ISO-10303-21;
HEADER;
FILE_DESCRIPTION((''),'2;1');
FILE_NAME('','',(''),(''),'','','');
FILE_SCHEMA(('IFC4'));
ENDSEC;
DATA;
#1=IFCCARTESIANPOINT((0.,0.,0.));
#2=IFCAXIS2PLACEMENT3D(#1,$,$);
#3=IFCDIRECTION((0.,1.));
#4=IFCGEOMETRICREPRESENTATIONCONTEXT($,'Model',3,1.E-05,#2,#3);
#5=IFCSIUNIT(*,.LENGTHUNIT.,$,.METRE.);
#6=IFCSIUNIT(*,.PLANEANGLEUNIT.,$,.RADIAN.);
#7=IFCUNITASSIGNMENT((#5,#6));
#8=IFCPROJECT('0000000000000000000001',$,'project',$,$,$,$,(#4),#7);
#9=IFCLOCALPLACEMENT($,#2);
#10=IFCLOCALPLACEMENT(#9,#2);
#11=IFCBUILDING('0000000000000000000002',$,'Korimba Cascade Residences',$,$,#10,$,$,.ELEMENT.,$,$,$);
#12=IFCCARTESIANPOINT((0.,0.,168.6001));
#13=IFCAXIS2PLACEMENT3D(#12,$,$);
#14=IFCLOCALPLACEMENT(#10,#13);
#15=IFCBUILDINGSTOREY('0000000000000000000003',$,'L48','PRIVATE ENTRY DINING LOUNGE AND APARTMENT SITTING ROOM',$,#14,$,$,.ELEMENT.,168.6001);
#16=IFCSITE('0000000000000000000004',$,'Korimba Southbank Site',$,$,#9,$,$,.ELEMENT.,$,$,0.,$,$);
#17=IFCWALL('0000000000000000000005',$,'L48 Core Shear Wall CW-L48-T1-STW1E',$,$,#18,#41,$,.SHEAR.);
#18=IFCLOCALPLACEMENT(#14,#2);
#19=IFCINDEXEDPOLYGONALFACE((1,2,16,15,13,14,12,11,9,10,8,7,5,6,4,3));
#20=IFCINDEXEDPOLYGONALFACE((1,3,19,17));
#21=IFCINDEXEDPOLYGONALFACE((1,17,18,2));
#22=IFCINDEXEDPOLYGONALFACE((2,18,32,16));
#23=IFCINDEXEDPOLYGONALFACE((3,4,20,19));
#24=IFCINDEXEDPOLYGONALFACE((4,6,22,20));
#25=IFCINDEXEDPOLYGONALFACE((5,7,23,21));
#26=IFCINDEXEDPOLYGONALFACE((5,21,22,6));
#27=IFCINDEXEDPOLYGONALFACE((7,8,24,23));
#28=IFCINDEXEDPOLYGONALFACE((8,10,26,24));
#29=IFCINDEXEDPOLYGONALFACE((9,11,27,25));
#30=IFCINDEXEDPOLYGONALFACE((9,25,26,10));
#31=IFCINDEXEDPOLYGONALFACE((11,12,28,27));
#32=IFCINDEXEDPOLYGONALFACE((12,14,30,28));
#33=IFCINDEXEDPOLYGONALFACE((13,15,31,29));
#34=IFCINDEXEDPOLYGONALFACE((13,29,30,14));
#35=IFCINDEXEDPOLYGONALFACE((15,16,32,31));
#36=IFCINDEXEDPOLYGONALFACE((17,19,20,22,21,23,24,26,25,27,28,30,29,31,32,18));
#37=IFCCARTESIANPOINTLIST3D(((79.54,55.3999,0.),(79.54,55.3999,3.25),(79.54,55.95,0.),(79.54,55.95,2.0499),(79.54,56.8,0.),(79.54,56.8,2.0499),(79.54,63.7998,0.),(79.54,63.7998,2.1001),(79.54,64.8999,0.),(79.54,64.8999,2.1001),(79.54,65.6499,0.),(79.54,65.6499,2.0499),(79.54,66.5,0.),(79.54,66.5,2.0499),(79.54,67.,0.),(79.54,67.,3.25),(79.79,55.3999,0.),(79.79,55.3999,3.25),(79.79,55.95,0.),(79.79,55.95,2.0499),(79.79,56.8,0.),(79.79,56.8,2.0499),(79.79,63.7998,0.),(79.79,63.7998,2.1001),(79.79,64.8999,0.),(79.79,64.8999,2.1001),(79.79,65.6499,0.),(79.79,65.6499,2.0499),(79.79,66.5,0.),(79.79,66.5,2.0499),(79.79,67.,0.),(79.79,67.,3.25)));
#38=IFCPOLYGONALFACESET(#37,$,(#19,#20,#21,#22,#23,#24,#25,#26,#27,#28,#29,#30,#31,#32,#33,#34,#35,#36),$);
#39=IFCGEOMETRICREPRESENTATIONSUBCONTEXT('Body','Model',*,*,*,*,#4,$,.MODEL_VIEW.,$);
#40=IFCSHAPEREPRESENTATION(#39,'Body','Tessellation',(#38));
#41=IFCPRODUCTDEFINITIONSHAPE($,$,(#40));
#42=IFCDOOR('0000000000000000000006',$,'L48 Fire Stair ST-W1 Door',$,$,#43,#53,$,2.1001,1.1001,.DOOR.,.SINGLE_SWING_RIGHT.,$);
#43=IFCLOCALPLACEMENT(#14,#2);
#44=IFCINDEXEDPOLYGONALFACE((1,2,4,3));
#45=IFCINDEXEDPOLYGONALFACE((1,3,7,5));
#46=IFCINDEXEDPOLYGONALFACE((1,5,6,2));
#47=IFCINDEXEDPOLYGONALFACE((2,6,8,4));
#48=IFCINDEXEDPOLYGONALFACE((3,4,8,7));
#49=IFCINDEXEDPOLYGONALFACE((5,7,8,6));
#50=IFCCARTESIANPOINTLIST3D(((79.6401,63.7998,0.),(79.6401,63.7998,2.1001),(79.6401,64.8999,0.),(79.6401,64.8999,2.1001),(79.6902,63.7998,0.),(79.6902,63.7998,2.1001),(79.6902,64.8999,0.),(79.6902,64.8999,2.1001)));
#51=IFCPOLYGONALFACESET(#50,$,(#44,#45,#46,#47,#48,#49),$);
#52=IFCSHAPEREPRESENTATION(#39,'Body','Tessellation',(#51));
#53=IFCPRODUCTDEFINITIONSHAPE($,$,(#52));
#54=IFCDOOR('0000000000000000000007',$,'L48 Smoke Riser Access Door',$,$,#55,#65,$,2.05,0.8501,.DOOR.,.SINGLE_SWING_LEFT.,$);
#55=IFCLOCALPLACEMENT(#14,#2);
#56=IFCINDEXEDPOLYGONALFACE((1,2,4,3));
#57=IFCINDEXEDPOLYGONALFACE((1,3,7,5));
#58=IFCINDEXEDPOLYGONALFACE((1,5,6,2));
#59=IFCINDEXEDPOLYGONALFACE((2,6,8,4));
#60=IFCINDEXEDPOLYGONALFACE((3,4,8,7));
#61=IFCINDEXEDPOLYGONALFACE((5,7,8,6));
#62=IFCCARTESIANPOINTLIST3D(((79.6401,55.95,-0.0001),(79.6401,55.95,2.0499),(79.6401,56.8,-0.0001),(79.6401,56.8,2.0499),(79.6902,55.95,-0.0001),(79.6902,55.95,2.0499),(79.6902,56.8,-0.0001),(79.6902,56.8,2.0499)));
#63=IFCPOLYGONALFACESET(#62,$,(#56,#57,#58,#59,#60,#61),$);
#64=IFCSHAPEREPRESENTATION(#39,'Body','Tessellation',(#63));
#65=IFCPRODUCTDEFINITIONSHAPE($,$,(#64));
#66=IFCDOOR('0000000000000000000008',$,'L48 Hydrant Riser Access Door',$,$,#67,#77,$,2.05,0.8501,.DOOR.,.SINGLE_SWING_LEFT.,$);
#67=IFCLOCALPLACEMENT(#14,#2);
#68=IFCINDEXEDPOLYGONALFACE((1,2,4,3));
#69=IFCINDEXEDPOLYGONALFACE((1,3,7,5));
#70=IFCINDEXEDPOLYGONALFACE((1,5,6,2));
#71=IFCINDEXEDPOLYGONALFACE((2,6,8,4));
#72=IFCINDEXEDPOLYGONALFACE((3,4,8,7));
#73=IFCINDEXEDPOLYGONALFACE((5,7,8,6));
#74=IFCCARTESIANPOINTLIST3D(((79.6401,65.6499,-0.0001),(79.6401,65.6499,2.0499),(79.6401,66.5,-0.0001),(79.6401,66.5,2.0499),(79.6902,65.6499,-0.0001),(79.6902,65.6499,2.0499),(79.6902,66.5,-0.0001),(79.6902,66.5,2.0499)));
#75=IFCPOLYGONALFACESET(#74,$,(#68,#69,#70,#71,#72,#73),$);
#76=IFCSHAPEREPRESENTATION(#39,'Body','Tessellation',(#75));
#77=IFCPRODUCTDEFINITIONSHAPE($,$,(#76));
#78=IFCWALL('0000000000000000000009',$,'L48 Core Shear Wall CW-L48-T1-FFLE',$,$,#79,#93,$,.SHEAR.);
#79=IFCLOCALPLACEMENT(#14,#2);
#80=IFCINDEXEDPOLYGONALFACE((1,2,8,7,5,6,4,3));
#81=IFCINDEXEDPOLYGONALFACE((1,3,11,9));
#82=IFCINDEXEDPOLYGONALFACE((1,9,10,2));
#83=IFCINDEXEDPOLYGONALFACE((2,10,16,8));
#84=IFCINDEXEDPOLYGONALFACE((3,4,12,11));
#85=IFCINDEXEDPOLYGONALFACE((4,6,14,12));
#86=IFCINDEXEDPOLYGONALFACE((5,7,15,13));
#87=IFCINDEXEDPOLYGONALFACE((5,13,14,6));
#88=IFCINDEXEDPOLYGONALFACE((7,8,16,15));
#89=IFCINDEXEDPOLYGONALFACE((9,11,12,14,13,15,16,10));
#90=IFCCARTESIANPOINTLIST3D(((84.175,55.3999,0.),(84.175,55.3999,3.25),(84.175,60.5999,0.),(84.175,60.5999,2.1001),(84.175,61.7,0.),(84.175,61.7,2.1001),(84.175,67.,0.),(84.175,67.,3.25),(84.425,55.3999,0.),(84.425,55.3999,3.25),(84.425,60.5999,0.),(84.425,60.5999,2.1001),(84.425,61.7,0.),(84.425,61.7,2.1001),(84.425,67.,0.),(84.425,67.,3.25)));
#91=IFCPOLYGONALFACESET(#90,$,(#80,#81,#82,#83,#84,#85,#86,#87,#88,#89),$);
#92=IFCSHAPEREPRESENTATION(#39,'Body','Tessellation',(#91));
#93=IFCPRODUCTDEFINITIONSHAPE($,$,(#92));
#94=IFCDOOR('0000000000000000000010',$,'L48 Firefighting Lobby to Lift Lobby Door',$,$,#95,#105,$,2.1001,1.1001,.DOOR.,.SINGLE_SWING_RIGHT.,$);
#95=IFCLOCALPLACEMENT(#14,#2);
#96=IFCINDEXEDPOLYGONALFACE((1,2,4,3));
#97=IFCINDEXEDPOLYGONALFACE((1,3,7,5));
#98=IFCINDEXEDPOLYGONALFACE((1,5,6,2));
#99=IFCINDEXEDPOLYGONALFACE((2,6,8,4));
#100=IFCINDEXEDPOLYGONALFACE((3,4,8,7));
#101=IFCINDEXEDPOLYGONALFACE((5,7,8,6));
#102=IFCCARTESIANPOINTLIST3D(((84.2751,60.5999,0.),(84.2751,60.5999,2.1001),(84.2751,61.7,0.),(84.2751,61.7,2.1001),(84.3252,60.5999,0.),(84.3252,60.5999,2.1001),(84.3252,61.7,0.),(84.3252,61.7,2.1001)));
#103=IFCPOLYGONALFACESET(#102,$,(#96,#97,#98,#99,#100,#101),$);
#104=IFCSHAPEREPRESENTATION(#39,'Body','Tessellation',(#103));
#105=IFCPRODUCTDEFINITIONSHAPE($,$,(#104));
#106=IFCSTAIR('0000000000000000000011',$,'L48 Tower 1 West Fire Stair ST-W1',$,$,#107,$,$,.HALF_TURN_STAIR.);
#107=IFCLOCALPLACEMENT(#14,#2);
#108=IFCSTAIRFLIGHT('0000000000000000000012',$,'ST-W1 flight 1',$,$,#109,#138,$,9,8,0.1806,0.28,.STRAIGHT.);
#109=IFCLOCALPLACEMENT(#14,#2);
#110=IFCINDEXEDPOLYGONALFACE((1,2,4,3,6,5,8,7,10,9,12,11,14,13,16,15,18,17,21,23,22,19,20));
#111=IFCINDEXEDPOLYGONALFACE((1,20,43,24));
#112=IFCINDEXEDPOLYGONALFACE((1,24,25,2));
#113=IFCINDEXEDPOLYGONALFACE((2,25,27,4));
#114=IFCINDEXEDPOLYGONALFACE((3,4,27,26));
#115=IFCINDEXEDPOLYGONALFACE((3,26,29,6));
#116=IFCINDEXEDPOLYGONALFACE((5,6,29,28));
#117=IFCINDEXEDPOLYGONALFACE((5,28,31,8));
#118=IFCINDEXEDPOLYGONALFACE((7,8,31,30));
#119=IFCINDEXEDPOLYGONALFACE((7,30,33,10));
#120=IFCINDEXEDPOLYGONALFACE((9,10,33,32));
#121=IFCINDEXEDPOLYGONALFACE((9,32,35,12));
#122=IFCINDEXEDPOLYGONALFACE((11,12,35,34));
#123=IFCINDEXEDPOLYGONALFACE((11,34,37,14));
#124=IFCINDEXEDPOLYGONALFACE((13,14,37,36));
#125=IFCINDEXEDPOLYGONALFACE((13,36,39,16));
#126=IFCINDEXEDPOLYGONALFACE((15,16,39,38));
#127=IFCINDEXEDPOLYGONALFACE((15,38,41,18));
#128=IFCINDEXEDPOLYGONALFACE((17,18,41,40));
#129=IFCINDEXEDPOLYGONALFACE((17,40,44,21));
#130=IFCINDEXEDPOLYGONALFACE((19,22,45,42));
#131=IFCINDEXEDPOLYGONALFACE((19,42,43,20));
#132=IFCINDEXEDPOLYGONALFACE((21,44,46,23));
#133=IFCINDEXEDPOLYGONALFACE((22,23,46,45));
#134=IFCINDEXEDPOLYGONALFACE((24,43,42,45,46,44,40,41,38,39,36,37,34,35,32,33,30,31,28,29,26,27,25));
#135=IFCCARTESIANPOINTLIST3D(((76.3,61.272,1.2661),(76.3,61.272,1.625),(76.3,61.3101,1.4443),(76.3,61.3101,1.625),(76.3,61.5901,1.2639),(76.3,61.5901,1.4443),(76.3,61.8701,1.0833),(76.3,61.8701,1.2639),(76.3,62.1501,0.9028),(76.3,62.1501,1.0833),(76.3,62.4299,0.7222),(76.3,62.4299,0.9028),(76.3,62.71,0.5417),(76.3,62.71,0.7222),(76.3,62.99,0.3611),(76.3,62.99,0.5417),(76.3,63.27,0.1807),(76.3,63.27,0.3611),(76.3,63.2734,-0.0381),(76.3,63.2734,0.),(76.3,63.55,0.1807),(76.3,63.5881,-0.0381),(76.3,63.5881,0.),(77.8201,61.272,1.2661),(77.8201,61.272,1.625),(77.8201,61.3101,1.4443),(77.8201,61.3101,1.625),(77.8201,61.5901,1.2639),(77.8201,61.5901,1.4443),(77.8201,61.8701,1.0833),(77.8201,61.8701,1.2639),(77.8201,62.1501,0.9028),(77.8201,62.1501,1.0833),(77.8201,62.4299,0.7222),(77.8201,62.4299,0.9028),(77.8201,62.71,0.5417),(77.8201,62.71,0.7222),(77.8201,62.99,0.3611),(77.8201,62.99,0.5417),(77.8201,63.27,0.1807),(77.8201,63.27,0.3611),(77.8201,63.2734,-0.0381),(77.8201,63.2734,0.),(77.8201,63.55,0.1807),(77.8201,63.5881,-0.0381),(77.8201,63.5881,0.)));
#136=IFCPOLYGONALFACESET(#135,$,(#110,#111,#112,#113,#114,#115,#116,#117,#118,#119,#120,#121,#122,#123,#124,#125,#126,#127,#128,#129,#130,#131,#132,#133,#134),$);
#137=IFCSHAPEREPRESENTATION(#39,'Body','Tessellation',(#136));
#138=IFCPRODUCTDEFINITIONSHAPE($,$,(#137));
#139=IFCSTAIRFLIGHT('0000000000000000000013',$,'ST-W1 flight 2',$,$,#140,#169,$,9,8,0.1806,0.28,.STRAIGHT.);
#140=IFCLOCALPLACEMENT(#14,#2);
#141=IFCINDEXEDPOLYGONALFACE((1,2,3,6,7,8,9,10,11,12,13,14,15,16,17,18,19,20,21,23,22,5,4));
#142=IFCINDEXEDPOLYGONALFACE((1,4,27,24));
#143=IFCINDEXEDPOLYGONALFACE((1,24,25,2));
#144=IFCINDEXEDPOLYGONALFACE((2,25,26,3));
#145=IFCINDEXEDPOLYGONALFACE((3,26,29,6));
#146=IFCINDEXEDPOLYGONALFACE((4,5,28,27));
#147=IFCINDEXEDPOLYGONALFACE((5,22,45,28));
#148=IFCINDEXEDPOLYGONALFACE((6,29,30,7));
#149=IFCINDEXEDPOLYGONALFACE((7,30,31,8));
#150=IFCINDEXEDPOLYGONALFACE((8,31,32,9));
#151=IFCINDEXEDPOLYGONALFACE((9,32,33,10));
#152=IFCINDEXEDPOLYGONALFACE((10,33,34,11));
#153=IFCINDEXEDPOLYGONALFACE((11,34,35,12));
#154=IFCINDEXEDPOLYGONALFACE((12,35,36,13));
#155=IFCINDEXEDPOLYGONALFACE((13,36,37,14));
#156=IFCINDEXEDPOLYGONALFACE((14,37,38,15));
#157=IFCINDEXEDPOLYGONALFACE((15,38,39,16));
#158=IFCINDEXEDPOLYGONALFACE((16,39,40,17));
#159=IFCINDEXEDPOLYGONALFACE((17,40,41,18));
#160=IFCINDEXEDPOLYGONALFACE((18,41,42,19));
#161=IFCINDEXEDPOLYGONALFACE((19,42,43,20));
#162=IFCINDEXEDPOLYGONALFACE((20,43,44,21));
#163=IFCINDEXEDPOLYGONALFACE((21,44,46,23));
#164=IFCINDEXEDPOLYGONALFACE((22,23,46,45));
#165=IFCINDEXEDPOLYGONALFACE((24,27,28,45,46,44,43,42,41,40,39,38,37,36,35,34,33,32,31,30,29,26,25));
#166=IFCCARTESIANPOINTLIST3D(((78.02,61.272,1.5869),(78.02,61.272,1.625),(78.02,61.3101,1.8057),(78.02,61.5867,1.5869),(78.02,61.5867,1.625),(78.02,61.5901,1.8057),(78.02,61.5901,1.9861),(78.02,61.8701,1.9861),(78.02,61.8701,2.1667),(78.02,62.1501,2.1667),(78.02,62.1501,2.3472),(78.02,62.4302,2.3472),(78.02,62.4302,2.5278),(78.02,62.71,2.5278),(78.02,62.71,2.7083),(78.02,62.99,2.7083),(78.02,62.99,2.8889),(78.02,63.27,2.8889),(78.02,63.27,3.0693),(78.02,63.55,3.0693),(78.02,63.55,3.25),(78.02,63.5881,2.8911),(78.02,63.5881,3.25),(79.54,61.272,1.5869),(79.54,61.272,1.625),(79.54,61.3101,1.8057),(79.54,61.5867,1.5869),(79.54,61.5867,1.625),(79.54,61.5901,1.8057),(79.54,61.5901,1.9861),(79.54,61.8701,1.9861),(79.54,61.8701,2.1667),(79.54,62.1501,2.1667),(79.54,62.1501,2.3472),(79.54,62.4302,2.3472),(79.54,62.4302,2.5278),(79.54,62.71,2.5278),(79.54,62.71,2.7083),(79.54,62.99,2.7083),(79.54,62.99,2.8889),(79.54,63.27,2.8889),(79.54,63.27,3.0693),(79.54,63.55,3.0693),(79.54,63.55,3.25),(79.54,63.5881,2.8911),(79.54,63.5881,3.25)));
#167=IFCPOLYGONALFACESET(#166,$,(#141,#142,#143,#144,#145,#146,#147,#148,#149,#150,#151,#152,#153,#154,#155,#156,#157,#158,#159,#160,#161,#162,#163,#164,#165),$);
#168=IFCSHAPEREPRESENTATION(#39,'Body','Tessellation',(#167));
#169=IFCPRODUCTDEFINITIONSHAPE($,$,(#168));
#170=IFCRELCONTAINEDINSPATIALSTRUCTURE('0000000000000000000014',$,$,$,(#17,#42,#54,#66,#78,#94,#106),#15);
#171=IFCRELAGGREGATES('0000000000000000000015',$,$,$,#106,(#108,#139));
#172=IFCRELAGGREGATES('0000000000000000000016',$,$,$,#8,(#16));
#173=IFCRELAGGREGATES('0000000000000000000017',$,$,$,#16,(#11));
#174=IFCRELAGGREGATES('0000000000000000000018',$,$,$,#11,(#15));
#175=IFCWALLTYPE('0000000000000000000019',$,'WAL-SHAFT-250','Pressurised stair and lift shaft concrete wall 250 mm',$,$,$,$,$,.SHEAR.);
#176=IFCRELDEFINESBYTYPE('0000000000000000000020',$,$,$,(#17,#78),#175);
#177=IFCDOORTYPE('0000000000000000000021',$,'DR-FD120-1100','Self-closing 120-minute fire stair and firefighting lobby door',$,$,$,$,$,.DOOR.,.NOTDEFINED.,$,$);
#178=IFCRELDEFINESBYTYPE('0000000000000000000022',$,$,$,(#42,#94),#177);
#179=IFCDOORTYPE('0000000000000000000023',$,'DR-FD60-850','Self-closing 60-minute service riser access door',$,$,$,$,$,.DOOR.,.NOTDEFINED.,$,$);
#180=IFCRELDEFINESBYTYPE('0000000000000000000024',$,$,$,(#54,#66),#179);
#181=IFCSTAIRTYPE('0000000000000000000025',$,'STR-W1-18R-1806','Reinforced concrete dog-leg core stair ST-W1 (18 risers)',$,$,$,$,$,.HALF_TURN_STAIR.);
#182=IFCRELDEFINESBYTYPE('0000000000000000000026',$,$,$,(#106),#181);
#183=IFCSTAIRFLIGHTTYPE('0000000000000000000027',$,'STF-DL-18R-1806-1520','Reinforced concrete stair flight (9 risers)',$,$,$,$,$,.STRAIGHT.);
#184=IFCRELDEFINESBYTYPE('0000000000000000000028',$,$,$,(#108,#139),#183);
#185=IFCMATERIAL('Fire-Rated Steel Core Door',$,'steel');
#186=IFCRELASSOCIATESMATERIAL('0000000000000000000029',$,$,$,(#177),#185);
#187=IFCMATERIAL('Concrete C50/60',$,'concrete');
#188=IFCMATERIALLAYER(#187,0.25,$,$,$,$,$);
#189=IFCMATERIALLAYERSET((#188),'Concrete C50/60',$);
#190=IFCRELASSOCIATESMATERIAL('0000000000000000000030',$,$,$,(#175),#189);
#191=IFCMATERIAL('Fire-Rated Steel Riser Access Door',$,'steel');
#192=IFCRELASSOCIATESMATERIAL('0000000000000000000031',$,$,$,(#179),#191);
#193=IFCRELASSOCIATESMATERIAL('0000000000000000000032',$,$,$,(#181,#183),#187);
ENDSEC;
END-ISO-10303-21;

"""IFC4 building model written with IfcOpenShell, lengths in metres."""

from ifc_helpers import new_model, si_unit, direction, frame, frame_2d, origin, place, context, subcontext, project, spatial, polyline, rectangle, outline, extrude, material, layer, layer_set, type_object, element, fill, aggregate, save


model = new_model("IFC4")

# Units and contexts
model_context = context("Model", 3, precision=1e-05, world=origin(), true_north=direction((0.0, 1.0)))
body_context = subcontext(model_context, "Body", "Model", "MODEL_VIEW")
ifc_project = project(units=[si_unit("LENGTHUNIT", "METRE"), si_unit("PLANEANGLEUNIT", "RADIAN")], contexts=[model_context])

# Site, building, storey
site_placement = place(None, origin())
site = spatial("IfcSite", under=ifc_project, at=site_placement, Name="Korimba Southbank Site", CompositionType="ELEMENT", RefElevation=0.0)
building_placement = place(site_placement, origin())
building = spatial("IfcBuilding", under=site, at=building_placement, Name="Korimba Cascade Residences", CompositionType="ELEMENT")
storey_placement = place(building_placement, frame((0.0, 0.0, 168.6001)))
storey = spatial("IfcBuildingStorey", under=building, at=storey_placement, Name="L48", Description="PRIVATE ENTRY DINING LOUNGE AND APARTMENT SITTING ROOM", CompositionType="ELEMENT", Elevation=168.6001)

# Shared definitions
ifc_material_1 = material(Name="Fire-Rated Steel Core Door", Category="steel")
door_type_1 = type_object("IfcDoorType", Name="DR-FD120-1100", Description="Self-closing 120-minute fire stair and firefighting lobby door", OperationType="NOTDEFINED", PredefinedType="DOOR", material=ifc_material_1)

# Wall, openings, doors
ifc_material_2 = material(Name="Concrete C50/60", Category="concrete")
ifc_layer_1 = layer(ifc_material_2, 0.25)
ifc_layer_set_1 = layer_set([ifc_layer_1], Name="Concrete C50/60")
wall_type_1 = type_object("IfcWallType", Name="WAL-SHAFT-250", Description="Pressurised stair and lift shaft concrete wall 250 mm", PredefinedType="SHEAR", material=ifc_layer_set_1)
wall_1_placement = place(storey_placement, frame((79.665, 55.3999, 0.0), z_axis=(0.0, 0.0, 1.0), x_axis=(0.0, 1.0, 0.0)))
wall_1 = element("IfcWall", 1, at=wall_1_placement, inside=storey, type_object=wall_type_1, Name="L48 Core Shear Wall CW-L48-T1-STW1E", PredefinedType="SHEAR", context=body_context, shape_type="SweptSolid", body=[
    extrude(rectangle(XDim=11.6001, YDim=0.25, at=frame_2d((5.8, 0.0))), origin(), (0.0, 0.0, 1.0), 3.25),
])
opening_1_placement = place(wall_1_placement, frame((0.55, 0.0, 0.0)))
opening_1 = element("IfcOpeningElement", 2, at=opening_1_placement, cuts=wall_1, PredefinedType="OPENING", context=body_context, shape_type="SweptSolid", body=[
    extrude(rectangle(XDim=0.8501, YDim=2.05, at=frame_2d((0.425, 1.0249))), frame((0.0, 0.135, 0.0), z_axis=(0.0, -1.0, 0.0), x_axis=(1.0, 0.0, 0.0)), (0.0, 0.0, 1.0), 0.27),
])
opening_2_placement = place(wall_1_placement, frame((8.3999, 0.0, 0.0)))
opening_2 = element("IfcOpeningElement", 3, at=opening_2_placement, cuts=wall_1, PredefinedType="OPENING", context=body_context, shape_type="SweptSolid", body=[
    extrude(rectangle(XDim=1.1001, YDim=2.1001, at=frame_2d((0.55, 1.05))), frame((0.0, 0.135, 0.0), z_axis=(0.0, -1.0, 0.0), x_axis=(1.0, 0.0, 0.0)), (0.0, 0.0, 1.0), 0.27),
])
opening_3_placement = place(wall_1_placement, frame((10.25, 0.0, 0.0)))
opening_3 = element("IfcOpeningElement", 4, at=opening_3_placement, cuts=wall_1, PredefinedType="OPENING", context=body_context, shape_type="SweptSolid", body=[
    extrude(rectangle(XDim=0.8501, YDim=2.05, at=frame_2d((0.425, 1.0249))), frame((0.0, 0.135, 0.0), z_axis=(0.0, -1.0, 0.0), x_axis=(1.0, 0.0, 0.0)), (0.0, 0.0, 1.0), 0.27),
])
door_1_placement = place(opening_2_placement, origin())
door_1 = element("IfcDoor", 5, at=door_1_placement, inside=storey, type_object=door_type_1, Name="L48 Fire Stair ST-W1 Door", OperationType="SINGLE_SWING_RIGHT", OverallHeight=2.1001, OverallWidth=1.1001, PredefinedType="DOOR", context=body_context, shape_type="SweptSolid", body=[
    extrude(rectangle(XDim=1.1001, YDim=2.1001, at=frame_2d((0.55, 1.05))), frame((0.0, 0.0249, 0.0), z_axis=(0.0, -1.0, 0.0), x_axis=(1.0, 0.0, 0.0)), (0.0, 0.0, 1.0), 0.05),
])
fill(opening_2, door_1)
ifc_material_3 = material(Name="Fire-Rated Steel Riser Access Door", Category="steel")
door_type_2 = type_object("IfcDoorType", Name="DR-FD60-850", Description="Self-closing 60-minute service riser access door", OperationType="NOTDEFINED", PredefinedType="DOOR", material=ifc_material_3)
door_2_placement = place(opening_1_placement, origin())
door_2 = element("IfcDoor", 6, at=door_2_placement, inside=storey, type_object=door_type_2, Name="L48 Smoke Riser Access Door", OperationType="SINGLE_SWING_LEFT", OverallHeight=2.05, OverallWidth=0.8501, PredefinedType="DOOR", context=body_context, shape_type="SweptSolid", body=[
    extrude(rectangle(XDim=0.8501, YDim=2.05, at=frame_2d((0.425, 1.0249))), frame((0.0, 0.0249, 0.0), z_axis=(0.0, -1.0, 0.0), x_axis=(1.0, 0.0, 0.0)), (0.0, 0.0, 1.0), 0.05),
])
fill(opening_1, door_2)
door_3_placement = place(opening_3_placement, origin())
door_3 = element("IfcDoor", 7, at=door_3_placement, inside=storey, type_object=door_type_2, Name="L48 Hydrant Riser Access Door", OperationType="SINGLE_SWING_LEFT", OverallHeight=2.05, OverallWidth=0.8501, PredefinedType="DOOR", context=body_context, shape_type="SweptSolid", body=[
    extrude(rectangle(XDim=0.8501, YDim=2.05, at=frame_2d((0.425, 1.0249))), frame((0.0, 0.0249, 0.0), z_axis=(0.0, -1.0, 0.0), x_axis=(1.0, 0.0, 0.0)), (0.0, 0.0, 1.0), 0.05),
])
fill(opening_3, door_3)

# Wall, opening, door
wall_2_placement = place(storey_placement, frame((84.3, 55.3999, 0.0), z_axis=(0.0, 0.0, 1.0), x_axis=(0.0, 1.0, 0.0)))
wall_2 = element("IfcWall", 8, at=wall_2_placement, inside=storey, type_object=wall_type_1, Name="L48 Core Shear Wall CW-L48-T1-FFLE", PredefinedType="SHEAR", context=body_context, shape_type="SweptSolid", body=[
    extrude(rectangle(XDim=11.6001, YDim=0.25, at=frame_2d((5.8, 0.0))), origin(), (0.0, 0.0, 1.0), 3.25),
])
opening_4_placement = place(wall_2_placement, frame((5.2, 0.0, 0.0)))
opening_4 = element("IfcOpeningElement", 9, at=opening_4_placement, cuts=wall_2, PredefinedType="OPENING", context=body_context, shape_type="SweptSolid", body=[
    extrude(rectangle(XDim=1.1001, YDim=2.1001, at=frame_2d((0.55, 1.05))), frame((0.0, 0.135, 0.0), z_axis=(0.0, -1.0, 0.0), x_axis=(1.0, 0.0, 0.0)), (0.0, 0.0, 1.0), 0.27),
])
door_4_placement = place(opening_4_placement, origin())
door_4 = element("IfcDoor", 10, at=door_4_placement, inside=storey, type_object=door_type_1, Name="L48 Firefighting Lobby to Lift Lobby Door", OperationType="SINGLE_SWING_RIGHT", OverallHeight=2.1001, OverallWidth=1.1001, PredefinedType="DOOR", context=body_context, shape_type="SweptSolid", body=[
    extrude(rectangle(XDim=1.1001, YDim=2.1001, at=frame_2d((0.55, 1.05))), frame((0.0, 0.0249, 0.0), z_axis=(0.0, -1.0, 0.0), x_axis=(1.0, 0.0, 0.0)), (0.0, 0.0, 1.0), 0.05),
])
fill(opening_4, door_4)

# Stair, stair flights
stair_type = type_object("IfcStairType", Name="STR-W1-18R-1806", Description="Reinforced concrete dog-leg core stair ST-W1 (18 risers)", PredefinedType="HALF_TURN_STAIR", material=ifc_material_2)
stair_placement = place(storey_placement, origin())
stair = element("IfcStair", 11, at=stair_placement, inside=storey, type_object=stair_type, Name="L48 Tower 1 West Fire Stair ST-W1", PredefinedType="HALF_TURN_STAIR")
stair_flight_type = type_object("IfcStairFlightType", Name="STF-DL-18R-1806-1520", Description="Reinforced concrete stair flight (9 risers)", PredefinedType="STRAIGHT", material=ifc_material_2)
stair_flight_1_placement = place(storey_placement, frame((77.0601, 63.55, 0.0), z_axis=(0.0, 0.0, 1.0), x_axis=(0.0, -1.0, 0.0)))
stair_flight_1 = element("IfcStairFlight", 12, at=stair_flight_1_placement, type_object=stair_flight_type, Name="ST-W1 flight 1", NumberOfRisers=9, NumberOfTreads=8, PredefinedType="STRAIGHT", RiserHeight=0.1806, TreadLength=0.28, context=body_context, shape_type="SweptSolid", body=[
    extrude(outline(polyline([(-0.0381, 0.0), (0.0, 0.1807), (0.28, 0.1807), (0.28, 0.3611), (0.5601, 0.3611), (0.5601, 0.5417), (0.8401, 0.5417), (0.8401, 0.7222), (1.1201, 0.7222), (1.1201, 0.9028), (1.3999, 0.9028), (1.3999, 1.0833), (1.6799, 1.0833), (1.6799, 1.2639), (1.96, 1.2639), (1.96, 1.4443), (2.24, 1.4443), (2.24, 1.625), (2.2781, 1.625), (2.2781, 1.2661), (0.2766, 0.0), (0.2766, -0.0381), (-0.0381, -0.0381), (-0.0381, 0.0)])), frame((0.0, 0.76, 0.0), z_axis=(0.0, -1.0, 0.0), x_axis=(1.0, 0.0, 0.0)), (0.0, 0.0, 1.0), 1.52),
])
stair_flight_2_placement = place(storey_placement, frame((78.78, 61.3101, 1.625), z_axis=(0.0, 0.0, 1.0), x_axis=(0.0, 1.0, 0.0)))
stair_flight_2 = element("IfcStairFlight", 13, at=stair_flight_2_placement, type_object=stair_flight_type, Name="ST-W1 flight 2", NumberOfRisers=9, NumberOfTreads=8, PredefinedType="STRAIGHT", RiserHeight=0.1806, TreadLength=0.28, context=body_context, shape_type="SweptSolid", body=[
    extrude(outline(polyline([(-0.0381, 0.0), (0.0, 0.1807), (0.28, 0.1807), (0.28, 0.3611), (0.5601, 0.3611), (0.5601, 0.5417), (0.8401, 0.5417), (0.8401, 0.7222), (1.1201, 0.7222), (1.1201, 0.9028), (1.3999, 0.9028), (1.3999, 1.0833), (1.6799, 1.0833), (1.6799, 1.2639), (1.96, 1.2639), (1.96, 1.4443), (2.24, 1.4443), (2.24, 1.625), (2.2781, 1.625), (2.2781, 1.2661), (0.2766, 0.0), (0.2766, -0.0381), (-0.0381, -0.0381), (-0.0381, 0.0)])), frame((0.0, 0.76, 0.0), z_axis=(0.0, -1.0, 0.0), x_axis=(1.0, 0.0, 0.0)), (0.0, 0.0, 1.0), 1.52),
])
aggregate(stair, [stair_flight_1, stair_flight_2])

save(model, "model.ifc")
